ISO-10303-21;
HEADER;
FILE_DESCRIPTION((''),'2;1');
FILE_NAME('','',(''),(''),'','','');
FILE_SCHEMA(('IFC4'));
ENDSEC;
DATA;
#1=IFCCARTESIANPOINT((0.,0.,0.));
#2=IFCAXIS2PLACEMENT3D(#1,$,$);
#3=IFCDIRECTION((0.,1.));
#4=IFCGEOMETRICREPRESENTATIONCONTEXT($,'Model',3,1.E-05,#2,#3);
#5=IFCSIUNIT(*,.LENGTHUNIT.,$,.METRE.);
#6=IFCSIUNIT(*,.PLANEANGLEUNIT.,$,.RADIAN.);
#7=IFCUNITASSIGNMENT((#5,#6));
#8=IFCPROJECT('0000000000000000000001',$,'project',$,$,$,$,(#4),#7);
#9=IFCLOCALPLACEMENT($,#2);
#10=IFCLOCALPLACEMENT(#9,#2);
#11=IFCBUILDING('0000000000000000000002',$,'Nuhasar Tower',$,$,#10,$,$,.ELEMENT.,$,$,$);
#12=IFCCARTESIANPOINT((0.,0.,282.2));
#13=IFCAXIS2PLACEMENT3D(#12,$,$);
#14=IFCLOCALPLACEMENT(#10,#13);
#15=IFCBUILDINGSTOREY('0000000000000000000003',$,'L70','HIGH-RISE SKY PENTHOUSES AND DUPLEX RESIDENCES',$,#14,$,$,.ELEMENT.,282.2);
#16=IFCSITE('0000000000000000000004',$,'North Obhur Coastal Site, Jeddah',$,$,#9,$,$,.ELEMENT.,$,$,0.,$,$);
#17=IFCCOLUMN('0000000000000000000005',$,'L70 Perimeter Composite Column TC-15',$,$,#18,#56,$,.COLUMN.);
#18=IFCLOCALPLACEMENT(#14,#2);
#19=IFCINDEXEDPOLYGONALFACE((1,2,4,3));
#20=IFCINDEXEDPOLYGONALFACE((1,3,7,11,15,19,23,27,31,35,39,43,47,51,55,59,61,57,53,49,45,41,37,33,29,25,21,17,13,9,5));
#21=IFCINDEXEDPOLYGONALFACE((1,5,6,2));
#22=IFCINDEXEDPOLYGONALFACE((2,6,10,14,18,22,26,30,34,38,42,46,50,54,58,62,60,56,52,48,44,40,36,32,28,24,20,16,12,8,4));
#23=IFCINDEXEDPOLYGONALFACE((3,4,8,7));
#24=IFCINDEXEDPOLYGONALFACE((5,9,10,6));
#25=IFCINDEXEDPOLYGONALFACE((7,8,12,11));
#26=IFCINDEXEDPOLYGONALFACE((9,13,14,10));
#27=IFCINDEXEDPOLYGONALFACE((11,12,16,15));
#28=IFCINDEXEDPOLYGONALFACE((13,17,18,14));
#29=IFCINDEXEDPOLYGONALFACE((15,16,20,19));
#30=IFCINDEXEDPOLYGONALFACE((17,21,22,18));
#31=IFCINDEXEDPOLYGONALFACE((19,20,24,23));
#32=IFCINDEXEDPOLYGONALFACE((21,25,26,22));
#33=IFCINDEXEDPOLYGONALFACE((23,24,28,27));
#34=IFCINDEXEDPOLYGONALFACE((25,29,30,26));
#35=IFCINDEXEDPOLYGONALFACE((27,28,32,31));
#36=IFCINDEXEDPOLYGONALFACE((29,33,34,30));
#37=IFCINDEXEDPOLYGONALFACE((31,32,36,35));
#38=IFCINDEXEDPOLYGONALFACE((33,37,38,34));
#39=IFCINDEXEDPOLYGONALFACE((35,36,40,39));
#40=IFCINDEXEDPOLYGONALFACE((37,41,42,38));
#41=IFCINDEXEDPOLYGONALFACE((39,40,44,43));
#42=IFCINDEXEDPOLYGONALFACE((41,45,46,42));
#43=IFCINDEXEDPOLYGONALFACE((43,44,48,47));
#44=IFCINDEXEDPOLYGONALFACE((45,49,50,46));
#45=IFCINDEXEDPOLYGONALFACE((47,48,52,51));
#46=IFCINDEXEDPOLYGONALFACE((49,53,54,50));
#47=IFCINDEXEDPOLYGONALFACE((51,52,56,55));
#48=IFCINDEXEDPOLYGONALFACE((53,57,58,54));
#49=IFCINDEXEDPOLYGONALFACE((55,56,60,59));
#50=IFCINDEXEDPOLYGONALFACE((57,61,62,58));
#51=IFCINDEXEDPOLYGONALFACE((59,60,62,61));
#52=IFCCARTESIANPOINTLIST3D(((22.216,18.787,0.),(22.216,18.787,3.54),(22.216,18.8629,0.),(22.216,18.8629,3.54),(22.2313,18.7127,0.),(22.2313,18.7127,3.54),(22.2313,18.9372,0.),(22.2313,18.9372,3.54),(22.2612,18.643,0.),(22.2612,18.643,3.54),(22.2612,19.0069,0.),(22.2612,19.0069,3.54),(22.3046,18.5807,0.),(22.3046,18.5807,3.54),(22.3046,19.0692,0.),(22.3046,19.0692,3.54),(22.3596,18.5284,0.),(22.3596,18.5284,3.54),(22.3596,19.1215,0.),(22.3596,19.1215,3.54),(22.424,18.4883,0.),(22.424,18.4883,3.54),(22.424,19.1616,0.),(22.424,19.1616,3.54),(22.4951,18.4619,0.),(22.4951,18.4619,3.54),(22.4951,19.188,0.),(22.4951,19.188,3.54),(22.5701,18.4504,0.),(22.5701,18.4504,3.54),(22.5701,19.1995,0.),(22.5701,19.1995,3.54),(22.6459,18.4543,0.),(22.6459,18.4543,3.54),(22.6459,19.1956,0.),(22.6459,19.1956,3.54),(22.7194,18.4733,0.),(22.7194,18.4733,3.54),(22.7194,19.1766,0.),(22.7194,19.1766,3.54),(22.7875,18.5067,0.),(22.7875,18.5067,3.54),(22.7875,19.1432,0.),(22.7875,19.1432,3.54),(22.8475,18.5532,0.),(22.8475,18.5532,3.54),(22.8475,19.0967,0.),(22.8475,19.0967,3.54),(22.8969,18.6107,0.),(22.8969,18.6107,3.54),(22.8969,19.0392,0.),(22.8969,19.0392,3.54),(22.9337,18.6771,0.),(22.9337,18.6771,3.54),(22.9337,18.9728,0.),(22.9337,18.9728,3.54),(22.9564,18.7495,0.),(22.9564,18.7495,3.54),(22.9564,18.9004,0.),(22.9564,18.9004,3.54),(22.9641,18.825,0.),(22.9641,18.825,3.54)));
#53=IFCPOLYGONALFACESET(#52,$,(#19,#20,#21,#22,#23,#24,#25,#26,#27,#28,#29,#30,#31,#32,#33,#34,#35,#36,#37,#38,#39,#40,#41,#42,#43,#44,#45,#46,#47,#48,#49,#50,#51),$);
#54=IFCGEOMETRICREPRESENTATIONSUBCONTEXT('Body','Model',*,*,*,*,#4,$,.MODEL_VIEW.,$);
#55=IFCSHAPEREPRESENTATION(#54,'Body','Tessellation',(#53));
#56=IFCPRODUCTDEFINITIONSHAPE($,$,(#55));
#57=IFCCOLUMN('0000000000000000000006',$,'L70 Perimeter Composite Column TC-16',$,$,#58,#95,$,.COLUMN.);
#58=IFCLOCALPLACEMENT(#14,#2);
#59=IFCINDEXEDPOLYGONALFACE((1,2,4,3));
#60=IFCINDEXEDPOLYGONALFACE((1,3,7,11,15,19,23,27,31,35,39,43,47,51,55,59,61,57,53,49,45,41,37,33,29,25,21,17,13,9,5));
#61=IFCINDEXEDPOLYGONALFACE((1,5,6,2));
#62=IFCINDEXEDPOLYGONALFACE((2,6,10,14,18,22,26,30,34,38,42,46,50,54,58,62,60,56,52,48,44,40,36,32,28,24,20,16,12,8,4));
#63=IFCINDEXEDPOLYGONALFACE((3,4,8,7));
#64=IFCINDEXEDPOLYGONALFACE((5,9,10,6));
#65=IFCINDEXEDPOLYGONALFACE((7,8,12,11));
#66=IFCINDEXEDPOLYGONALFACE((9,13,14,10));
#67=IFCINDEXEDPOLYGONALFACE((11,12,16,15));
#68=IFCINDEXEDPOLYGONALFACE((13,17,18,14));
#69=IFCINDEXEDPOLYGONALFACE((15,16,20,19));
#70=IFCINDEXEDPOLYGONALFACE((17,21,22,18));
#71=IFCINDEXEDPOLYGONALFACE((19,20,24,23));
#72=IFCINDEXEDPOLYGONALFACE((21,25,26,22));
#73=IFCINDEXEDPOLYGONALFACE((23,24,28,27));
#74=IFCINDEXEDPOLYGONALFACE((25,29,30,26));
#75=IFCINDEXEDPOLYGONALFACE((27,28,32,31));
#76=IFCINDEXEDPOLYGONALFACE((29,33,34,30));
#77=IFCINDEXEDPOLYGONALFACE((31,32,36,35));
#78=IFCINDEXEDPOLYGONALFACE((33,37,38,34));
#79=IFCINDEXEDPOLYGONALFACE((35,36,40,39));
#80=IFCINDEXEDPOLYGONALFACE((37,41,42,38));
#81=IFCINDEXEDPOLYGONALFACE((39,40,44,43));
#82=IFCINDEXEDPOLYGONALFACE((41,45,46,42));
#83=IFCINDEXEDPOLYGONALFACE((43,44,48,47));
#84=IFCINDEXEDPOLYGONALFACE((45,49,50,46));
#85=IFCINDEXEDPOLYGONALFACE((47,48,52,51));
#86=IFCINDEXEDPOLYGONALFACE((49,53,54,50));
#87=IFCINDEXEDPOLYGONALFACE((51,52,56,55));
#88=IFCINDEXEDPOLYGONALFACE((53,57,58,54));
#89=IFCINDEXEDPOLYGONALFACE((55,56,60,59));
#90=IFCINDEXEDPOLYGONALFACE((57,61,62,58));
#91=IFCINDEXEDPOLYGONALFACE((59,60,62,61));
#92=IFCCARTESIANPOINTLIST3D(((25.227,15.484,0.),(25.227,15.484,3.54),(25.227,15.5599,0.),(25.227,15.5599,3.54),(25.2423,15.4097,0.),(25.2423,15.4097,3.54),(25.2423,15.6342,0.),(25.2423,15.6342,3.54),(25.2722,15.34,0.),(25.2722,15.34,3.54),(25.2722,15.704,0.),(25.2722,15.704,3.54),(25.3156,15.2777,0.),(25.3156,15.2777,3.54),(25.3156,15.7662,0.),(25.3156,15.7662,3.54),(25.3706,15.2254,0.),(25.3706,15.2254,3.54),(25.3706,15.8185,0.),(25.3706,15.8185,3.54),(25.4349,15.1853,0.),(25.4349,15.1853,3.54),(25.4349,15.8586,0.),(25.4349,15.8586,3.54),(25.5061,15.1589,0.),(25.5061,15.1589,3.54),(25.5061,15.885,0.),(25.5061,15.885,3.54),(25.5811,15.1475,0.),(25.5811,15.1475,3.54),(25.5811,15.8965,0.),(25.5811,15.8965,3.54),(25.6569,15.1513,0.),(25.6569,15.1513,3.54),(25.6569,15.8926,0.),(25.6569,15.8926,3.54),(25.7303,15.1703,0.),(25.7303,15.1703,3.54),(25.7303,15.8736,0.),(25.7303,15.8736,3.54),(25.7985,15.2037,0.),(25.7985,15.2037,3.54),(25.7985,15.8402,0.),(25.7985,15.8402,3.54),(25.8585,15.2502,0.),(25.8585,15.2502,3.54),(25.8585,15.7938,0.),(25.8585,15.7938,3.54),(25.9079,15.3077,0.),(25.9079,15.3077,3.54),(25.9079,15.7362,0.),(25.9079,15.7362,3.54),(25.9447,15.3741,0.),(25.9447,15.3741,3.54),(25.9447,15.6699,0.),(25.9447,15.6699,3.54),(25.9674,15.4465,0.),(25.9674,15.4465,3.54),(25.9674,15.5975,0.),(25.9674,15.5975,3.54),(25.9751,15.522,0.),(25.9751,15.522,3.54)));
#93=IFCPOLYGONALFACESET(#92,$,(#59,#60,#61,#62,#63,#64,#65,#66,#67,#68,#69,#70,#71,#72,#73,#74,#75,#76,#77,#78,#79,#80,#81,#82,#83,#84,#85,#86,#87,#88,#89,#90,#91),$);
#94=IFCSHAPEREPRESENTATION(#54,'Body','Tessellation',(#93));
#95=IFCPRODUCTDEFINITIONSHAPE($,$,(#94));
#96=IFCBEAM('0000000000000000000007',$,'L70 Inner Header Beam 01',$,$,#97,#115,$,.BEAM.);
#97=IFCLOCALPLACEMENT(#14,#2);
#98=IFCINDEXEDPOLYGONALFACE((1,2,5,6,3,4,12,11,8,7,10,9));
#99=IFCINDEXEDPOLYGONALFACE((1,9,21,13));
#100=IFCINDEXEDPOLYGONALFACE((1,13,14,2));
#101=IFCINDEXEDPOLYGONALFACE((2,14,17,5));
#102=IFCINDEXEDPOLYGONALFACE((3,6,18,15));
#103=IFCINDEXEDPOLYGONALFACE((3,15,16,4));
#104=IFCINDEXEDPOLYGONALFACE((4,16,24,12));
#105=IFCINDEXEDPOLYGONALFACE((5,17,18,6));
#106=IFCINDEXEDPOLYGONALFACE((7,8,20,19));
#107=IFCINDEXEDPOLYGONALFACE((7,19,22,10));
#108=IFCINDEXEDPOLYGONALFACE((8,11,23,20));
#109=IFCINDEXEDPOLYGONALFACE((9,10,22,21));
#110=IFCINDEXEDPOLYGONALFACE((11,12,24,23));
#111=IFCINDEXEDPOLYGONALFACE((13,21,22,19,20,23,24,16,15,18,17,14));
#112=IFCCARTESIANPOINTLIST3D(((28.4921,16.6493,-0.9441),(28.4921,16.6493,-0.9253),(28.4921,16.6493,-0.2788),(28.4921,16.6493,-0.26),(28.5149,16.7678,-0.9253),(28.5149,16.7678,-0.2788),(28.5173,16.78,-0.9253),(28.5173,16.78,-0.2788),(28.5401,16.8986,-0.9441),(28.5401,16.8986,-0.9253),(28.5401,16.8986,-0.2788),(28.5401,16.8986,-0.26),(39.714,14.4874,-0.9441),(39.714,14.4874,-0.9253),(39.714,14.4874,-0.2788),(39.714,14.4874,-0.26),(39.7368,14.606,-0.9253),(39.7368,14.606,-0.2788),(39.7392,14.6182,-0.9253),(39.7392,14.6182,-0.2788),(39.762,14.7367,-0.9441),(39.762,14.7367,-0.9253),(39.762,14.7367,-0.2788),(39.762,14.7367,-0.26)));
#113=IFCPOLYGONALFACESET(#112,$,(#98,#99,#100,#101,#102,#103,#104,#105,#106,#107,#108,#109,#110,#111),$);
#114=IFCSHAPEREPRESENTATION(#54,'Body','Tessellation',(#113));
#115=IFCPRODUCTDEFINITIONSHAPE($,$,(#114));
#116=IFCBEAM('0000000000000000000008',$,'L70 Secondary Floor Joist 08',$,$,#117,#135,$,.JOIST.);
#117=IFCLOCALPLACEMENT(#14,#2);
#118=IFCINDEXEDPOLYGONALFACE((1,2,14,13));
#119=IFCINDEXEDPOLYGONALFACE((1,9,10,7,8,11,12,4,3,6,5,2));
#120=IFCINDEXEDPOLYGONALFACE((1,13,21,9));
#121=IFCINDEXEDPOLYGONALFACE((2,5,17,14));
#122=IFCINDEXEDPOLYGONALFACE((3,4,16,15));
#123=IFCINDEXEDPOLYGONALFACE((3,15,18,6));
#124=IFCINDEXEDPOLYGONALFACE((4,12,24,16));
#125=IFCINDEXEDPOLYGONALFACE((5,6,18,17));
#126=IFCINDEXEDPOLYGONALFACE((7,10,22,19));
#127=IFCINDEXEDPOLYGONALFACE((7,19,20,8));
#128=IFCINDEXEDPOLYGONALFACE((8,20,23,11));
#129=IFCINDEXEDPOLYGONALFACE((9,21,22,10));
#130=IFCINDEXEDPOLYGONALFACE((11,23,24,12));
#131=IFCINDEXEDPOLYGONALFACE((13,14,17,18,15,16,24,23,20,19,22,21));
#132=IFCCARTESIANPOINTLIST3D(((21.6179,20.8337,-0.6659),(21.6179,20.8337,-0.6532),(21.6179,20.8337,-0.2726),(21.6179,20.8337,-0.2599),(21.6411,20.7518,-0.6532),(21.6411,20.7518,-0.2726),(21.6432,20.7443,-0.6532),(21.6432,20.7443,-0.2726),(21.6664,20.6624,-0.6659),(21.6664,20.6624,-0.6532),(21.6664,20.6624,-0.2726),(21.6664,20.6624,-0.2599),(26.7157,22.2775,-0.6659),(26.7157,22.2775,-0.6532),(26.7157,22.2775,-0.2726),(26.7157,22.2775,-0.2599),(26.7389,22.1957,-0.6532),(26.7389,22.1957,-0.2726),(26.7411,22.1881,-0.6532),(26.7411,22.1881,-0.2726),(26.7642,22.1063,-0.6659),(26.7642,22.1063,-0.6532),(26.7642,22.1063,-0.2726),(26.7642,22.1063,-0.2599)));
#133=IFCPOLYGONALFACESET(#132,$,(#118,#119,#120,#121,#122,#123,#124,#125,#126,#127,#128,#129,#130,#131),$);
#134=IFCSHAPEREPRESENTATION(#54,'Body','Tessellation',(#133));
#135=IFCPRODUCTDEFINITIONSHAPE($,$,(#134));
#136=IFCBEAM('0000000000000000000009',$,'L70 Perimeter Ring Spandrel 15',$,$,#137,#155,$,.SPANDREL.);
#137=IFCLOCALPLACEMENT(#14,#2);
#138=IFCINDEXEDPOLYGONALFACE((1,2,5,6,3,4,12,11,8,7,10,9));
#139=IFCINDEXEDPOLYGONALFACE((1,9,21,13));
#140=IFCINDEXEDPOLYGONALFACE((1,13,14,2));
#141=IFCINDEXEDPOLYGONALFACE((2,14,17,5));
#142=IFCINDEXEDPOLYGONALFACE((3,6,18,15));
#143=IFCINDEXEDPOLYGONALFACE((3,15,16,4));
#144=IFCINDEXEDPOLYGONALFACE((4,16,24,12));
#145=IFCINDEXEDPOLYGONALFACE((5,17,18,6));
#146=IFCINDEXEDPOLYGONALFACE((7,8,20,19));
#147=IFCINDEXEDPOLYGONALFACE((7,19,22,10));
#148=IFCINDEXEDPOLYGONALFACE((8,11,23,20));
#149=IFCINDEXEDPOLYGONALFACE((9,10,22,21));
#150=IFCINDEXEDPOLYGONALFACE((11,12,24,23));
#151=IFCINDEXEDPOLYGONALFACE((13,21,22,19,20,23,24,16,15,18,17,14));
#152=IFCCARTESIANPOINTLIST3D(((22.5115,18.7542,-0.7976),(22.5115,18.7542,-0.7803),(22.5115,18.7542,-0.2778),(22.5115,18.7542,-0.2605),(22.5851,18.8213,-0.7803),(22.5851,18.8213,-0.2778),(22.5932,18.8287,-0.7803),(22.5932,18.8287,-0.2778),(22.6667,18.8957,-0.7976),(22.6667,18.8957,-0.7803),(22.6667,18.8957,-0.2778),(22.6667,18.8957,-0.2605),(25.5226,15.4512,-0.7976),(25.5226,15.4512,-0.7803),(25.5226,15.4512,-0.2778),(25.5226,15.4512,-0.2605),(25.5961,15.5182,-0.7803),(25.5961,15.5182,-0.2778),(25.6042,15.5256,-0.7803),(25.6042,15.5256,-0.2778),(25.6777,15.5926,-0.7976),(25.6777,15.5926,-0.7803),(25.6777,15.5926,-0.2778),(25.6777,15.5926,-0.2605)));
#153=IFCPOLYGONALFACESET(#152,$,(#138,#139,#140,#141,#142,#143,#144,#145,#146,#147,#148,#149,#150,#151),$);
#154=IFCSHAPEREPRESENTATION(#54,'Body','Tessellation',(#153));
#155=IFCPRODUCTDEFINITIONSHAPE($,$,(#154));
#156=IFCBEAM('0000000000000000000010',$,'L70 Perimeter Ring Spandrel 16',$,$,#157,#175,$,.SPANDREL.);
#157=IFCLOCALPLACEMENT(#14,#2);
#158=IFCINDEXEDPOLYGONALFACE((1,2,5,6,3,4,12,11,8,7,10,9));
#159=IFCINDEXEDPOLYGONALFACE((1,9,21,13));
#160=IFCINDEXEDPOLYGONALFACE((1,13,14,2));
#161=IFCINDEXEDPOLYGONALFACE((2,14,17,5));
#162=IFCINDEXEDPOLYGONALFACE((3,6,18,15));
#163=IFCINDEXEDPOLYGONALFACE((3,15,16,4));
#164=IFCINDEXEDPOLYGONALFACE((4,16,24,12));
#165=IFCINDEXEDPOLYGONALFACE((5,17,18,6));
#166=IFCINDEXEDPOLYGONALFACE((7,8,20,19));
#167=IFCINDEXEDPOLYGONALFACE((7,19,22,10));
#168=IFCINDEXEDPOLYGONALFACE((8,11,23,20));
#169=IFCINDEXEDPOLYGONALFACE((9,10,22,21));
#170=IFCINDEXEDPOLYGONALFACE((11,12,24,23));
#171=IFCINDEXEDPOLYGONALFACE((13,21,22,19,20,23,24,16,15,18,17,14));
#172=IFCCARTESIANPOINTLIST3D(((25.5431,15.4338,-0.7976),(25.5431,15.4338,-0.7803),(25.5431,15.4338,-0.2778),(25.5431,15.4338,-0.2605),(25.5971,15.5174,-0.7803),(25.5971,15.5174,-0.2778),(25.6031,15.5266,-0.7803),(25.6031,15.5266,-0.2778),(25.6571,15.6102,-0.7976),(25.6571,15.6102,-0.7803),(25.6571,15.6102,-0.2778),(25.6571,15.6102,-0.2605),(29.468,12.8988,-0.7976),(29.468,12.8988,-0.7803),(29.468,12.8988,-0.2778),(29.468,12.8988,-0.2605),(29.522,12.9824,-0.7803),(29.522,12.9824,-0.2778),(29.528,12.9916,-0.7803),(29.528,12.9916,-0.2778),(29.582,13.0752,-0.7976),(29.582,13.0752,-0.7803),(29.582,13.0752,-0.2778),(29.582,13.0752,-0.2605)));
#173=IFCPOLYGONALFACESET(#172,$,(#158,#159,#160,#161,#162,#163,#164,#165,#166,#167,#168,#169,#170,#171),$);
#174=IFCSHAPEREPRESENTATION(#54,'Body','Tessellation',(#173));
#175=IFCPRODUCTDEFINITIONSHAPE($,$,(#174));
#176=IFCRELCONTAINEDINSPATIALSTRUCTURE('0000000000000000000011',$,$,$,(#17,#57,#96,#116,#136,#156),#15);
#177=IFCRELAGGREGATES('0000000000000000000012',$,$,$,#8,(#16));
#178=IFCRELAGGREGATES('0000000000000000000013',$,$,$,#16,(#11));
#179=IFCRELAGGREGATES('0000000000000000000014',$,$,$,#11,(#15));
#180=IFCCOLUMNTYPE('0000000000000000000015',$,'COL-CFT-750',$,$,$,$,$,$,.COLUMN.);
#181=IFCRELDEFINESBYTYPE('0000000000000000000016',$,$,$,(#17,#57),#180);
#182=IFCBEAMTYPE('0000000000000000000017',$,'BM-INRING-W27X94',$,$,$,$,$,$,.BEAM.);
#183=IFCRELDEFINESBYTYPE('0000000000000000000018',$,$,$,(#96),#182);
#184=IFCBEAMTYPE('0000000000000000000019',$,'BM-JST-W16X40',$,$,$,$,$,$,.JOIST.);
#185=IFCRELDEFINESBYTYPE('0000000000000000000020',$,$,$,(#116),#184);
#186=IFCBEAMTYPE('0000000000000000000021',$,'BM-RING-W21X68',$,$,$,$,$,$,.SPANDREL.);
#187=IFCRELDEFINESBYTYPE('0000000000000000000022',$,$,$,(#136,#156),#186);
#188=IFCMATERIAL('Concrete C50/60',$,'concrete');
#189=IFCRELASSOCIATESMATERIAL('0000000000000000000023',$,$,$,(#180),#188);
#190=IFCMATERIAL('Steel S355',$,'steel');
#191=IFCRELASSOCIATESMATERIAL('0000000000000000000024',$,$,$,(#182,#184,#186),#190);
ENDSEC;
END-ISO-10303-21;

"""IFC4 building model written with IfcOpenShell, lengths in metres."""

from ifc_helpers import new_model, si_unit, direction, frame, origin, origin_2d, place, context, subcontext, project, spatial, circle, i_section, extrude, material, material_profile, profile_set, type_object, element, save


model = new_model("IFC4")

# Units and contexts
model_context = context("Model", 3, precision=1e-05, world=origin(), true_north=direction((0.0, 1.0)))
body_context = subcontext(model_context, "Body", "Model", "MODEL_VIEW")
ifc_project = project(units=[si_unit("LENGTHUNIT", "METRE"), si_unit("PLANEANGLEUNIT", "RADIAN")], contexts=[model_context])

# Site, building, storey
site_placement = place(None, origin())
site = spatial("IfcSite", under=ifc_project, at=site_placement, Name="North Obhur Coastal Site, Jeddah", CompositionType="ELEMENT", RefElevation=0.0)
building_placement = place(site_placement, origin())
building = spatial("IfcBuilding", under=site, at=building_placement, Name="Nuhasar Tower", CompositionType="ELEMENT")
storey_placement = place(building_placement, frame((0.0, 0.0, 282.2)))
storey = spatial("IfcBuildingStorey", under=building, at=storey_placement, Name="L70", Description="HIGH-RISE SKY PENTHOUSES AND DUPLEX RESIDENCES", CompositionType="ELEMENT", Elevation=282.2)

# Columns
ifc_material_1 = material(Name="Concrete C50/60", Category="concrete")
ifc_material_profile_1 = material_profile(ifc_material_1, circle(Radius=0.375, at=origin_2d()), Name="CFT750")
ifc_profile_set_1 = profile_set([ifc_material_profile_1], Name="Concrete C50/60")
column_type = type_object("IfcColumnType", Name="COL-CFT-750", PredefinedType="COLUMN", material=ifc_profile_set_1)
for number, where, z_axis, x_axis, name in (
    (1, (22.5891, 18.825, 0.0), (0.0, 0.0, 1.0), (1.0, 0.0, 0.0), "L70 Perimeter Composite Column TC-15"),
    (2, (25.6001, 15.522, 0.0), (0.0, 0.0, 1.0), (1.0, 0.0, 0.0), "L70 Perimeter Composite Column TC-16"),
):
    element("IfcColumn", number, at=place(storey_placement, frame(where, z_axis=z_axis, x_axis=x_axis)), inside=storey, type_object=column_type, Name=name, PredefinedType="COLUMN", context=body_context, shape_type="SweptSolid", body=[
        extrude(circle(Radius=0.375, at=origin_2d()), origin(), (0.0, 0.0, 1.0), 3.54),
    ])

# Beams
ifc_material_2 = material(Name="Steel S355", Category="steel")
ifc_material_profile_2 = material_profile(ifc_material_2, i_section(OverallWidth=0.2539, OverallDepth=0.6841, WebThickness=0.0125, FlangeThickness=0.0188, at=origin_2d()), Name="W27X94")
ifc_profile_set_2 = profile_set([ifc_material_profile_2], Name="Steel S355")
beam_type_1 = type_object("IfcBeamType", Name="BM-INRING-W27X94", PredefinedType="BEAM", material=ifc_profile_set_2)
beam_1_placement = place(storey_placement, frame((28.5161, 16.7739, -0.6021), z_axis=(0.981945, -0.189168, 0.0), x_axis=(0.189168, 0.981945, 0.0)))
element("IfcBeam", 3, at=beam_1_placement, inside=storey, type_object=beam_type_1, Name="L70 Inner Header Beam 01", PredefinedType="BEAM", context=body_context, shape_type="SweptSolid", body=[
    extrude(i_section(OverallWidth=0.2539, OverallDepth=0.6841, WebThickness=0.0125, FlangeThickness=0.0188, at=origin_2d()), origin(), (0.0, 0.0, 1.0), 11.4282),
])
ifc_material_profile_3 = material_profile(ifc_material_2, i_section(OverallWidth=0.178, OverallDepth=0.406, WebThickness=0.0078, FlangeThickness=0.0127, at=origin_2d()), Name="W16X40")
ifc_profile_set_3 = profile_set([ifc_material_profile_3], Name="Steel S355")
beam_type_2 = type_object("IfcBeamType", Name="BM-JST-W16X40", PredefinedType="JOIST", material=ifc_profile_set_3)
beam_2_placement = place(storey_placement, frame((26.74, 22.1919, -0.4629), z_axis=(-0.962154, -0.272505, 0.0), x_axis=(0.272505, -0.962154, 0.0)))
element("IfcBeam", 4, at=beam_2_placement, inside=storey, type_object=beam_type_2, Name="L70 Secondary Floor Joist 08", PredefinedType="JOIST", context=body_context, shape_type="SweptSolid", body=[
    extrude(i_section(OverallWidth=0.178, OverallDepth=0.406, WebThickness=0.0078, FlangeThickness=0.0127, at=origin_2d()), origin(), (0.0, 0.0, 1.0), 5.2983),
])
ifc_material_profile_4 = material_profile(ifc_material_2, i_section(OverallWidth=0.21, OverallDepth=0.5371, WebThickness=0.011, FlangeThickness=0.0173, at=origin_2d()), Name="W21X68")
ifc_profile_set_4 = profile_set([ifc_material_profile_4], Name="Steel S355")
beam_type_3 = type_object("IfcBeamType", Name="BM-RING-W21X68", PredefinedType="SPANDREL", material=ifc_profile_set_4)
beam_3_placement = place(storey_placement, frame((22.5891, 18.825, -0.5291), z_axis=(0.673686, -0.739017, 0.0), x_axis=(0.739017, 0.673686, 0.0)))
element("IfcBeam", 5, at=beam_3_placement, inside=storey, type_object=beam_type_3, Name="L70 Perimeter Ring Spandrel 15", PredefinedType="SPANDREL", context=body_context, shape_type="SweptSolid", body=[
    extrude(i_section(OverallWidth=0.21, OverallDepth=0.5371, WebThickness=0.011, FlangeThickness=0.0173, at=origin_2d()), origin(), (0.0, 0.0, 1.0), 4.4695),
])
beam_4_placement = place(storey_placement, frame((25.6001, 15.522, -0.5291), z_axis=(0.840025, -0.542547, 0.0), x_axis=(0.542547, 0.840025, 0.0)))
element("IfcBeam", 6, at=beam_4_placement, inside=storey, type_object=beam_type_3, Name="L70 Perimeter Ring Spandrel 16", PredefinedType="SPANDREL", context=body_context, shape_type="SweptSolid", body=[
    extrude(i_section(OverallWidth=0.21, OverallDepth=0.5371, WebThickness=0.011, FlangeThickness=0.0173, at=origin_2d()), origin(), (0.0, 0.0, 1.0), 4.6724),
])

save(model, "model.ifc")
